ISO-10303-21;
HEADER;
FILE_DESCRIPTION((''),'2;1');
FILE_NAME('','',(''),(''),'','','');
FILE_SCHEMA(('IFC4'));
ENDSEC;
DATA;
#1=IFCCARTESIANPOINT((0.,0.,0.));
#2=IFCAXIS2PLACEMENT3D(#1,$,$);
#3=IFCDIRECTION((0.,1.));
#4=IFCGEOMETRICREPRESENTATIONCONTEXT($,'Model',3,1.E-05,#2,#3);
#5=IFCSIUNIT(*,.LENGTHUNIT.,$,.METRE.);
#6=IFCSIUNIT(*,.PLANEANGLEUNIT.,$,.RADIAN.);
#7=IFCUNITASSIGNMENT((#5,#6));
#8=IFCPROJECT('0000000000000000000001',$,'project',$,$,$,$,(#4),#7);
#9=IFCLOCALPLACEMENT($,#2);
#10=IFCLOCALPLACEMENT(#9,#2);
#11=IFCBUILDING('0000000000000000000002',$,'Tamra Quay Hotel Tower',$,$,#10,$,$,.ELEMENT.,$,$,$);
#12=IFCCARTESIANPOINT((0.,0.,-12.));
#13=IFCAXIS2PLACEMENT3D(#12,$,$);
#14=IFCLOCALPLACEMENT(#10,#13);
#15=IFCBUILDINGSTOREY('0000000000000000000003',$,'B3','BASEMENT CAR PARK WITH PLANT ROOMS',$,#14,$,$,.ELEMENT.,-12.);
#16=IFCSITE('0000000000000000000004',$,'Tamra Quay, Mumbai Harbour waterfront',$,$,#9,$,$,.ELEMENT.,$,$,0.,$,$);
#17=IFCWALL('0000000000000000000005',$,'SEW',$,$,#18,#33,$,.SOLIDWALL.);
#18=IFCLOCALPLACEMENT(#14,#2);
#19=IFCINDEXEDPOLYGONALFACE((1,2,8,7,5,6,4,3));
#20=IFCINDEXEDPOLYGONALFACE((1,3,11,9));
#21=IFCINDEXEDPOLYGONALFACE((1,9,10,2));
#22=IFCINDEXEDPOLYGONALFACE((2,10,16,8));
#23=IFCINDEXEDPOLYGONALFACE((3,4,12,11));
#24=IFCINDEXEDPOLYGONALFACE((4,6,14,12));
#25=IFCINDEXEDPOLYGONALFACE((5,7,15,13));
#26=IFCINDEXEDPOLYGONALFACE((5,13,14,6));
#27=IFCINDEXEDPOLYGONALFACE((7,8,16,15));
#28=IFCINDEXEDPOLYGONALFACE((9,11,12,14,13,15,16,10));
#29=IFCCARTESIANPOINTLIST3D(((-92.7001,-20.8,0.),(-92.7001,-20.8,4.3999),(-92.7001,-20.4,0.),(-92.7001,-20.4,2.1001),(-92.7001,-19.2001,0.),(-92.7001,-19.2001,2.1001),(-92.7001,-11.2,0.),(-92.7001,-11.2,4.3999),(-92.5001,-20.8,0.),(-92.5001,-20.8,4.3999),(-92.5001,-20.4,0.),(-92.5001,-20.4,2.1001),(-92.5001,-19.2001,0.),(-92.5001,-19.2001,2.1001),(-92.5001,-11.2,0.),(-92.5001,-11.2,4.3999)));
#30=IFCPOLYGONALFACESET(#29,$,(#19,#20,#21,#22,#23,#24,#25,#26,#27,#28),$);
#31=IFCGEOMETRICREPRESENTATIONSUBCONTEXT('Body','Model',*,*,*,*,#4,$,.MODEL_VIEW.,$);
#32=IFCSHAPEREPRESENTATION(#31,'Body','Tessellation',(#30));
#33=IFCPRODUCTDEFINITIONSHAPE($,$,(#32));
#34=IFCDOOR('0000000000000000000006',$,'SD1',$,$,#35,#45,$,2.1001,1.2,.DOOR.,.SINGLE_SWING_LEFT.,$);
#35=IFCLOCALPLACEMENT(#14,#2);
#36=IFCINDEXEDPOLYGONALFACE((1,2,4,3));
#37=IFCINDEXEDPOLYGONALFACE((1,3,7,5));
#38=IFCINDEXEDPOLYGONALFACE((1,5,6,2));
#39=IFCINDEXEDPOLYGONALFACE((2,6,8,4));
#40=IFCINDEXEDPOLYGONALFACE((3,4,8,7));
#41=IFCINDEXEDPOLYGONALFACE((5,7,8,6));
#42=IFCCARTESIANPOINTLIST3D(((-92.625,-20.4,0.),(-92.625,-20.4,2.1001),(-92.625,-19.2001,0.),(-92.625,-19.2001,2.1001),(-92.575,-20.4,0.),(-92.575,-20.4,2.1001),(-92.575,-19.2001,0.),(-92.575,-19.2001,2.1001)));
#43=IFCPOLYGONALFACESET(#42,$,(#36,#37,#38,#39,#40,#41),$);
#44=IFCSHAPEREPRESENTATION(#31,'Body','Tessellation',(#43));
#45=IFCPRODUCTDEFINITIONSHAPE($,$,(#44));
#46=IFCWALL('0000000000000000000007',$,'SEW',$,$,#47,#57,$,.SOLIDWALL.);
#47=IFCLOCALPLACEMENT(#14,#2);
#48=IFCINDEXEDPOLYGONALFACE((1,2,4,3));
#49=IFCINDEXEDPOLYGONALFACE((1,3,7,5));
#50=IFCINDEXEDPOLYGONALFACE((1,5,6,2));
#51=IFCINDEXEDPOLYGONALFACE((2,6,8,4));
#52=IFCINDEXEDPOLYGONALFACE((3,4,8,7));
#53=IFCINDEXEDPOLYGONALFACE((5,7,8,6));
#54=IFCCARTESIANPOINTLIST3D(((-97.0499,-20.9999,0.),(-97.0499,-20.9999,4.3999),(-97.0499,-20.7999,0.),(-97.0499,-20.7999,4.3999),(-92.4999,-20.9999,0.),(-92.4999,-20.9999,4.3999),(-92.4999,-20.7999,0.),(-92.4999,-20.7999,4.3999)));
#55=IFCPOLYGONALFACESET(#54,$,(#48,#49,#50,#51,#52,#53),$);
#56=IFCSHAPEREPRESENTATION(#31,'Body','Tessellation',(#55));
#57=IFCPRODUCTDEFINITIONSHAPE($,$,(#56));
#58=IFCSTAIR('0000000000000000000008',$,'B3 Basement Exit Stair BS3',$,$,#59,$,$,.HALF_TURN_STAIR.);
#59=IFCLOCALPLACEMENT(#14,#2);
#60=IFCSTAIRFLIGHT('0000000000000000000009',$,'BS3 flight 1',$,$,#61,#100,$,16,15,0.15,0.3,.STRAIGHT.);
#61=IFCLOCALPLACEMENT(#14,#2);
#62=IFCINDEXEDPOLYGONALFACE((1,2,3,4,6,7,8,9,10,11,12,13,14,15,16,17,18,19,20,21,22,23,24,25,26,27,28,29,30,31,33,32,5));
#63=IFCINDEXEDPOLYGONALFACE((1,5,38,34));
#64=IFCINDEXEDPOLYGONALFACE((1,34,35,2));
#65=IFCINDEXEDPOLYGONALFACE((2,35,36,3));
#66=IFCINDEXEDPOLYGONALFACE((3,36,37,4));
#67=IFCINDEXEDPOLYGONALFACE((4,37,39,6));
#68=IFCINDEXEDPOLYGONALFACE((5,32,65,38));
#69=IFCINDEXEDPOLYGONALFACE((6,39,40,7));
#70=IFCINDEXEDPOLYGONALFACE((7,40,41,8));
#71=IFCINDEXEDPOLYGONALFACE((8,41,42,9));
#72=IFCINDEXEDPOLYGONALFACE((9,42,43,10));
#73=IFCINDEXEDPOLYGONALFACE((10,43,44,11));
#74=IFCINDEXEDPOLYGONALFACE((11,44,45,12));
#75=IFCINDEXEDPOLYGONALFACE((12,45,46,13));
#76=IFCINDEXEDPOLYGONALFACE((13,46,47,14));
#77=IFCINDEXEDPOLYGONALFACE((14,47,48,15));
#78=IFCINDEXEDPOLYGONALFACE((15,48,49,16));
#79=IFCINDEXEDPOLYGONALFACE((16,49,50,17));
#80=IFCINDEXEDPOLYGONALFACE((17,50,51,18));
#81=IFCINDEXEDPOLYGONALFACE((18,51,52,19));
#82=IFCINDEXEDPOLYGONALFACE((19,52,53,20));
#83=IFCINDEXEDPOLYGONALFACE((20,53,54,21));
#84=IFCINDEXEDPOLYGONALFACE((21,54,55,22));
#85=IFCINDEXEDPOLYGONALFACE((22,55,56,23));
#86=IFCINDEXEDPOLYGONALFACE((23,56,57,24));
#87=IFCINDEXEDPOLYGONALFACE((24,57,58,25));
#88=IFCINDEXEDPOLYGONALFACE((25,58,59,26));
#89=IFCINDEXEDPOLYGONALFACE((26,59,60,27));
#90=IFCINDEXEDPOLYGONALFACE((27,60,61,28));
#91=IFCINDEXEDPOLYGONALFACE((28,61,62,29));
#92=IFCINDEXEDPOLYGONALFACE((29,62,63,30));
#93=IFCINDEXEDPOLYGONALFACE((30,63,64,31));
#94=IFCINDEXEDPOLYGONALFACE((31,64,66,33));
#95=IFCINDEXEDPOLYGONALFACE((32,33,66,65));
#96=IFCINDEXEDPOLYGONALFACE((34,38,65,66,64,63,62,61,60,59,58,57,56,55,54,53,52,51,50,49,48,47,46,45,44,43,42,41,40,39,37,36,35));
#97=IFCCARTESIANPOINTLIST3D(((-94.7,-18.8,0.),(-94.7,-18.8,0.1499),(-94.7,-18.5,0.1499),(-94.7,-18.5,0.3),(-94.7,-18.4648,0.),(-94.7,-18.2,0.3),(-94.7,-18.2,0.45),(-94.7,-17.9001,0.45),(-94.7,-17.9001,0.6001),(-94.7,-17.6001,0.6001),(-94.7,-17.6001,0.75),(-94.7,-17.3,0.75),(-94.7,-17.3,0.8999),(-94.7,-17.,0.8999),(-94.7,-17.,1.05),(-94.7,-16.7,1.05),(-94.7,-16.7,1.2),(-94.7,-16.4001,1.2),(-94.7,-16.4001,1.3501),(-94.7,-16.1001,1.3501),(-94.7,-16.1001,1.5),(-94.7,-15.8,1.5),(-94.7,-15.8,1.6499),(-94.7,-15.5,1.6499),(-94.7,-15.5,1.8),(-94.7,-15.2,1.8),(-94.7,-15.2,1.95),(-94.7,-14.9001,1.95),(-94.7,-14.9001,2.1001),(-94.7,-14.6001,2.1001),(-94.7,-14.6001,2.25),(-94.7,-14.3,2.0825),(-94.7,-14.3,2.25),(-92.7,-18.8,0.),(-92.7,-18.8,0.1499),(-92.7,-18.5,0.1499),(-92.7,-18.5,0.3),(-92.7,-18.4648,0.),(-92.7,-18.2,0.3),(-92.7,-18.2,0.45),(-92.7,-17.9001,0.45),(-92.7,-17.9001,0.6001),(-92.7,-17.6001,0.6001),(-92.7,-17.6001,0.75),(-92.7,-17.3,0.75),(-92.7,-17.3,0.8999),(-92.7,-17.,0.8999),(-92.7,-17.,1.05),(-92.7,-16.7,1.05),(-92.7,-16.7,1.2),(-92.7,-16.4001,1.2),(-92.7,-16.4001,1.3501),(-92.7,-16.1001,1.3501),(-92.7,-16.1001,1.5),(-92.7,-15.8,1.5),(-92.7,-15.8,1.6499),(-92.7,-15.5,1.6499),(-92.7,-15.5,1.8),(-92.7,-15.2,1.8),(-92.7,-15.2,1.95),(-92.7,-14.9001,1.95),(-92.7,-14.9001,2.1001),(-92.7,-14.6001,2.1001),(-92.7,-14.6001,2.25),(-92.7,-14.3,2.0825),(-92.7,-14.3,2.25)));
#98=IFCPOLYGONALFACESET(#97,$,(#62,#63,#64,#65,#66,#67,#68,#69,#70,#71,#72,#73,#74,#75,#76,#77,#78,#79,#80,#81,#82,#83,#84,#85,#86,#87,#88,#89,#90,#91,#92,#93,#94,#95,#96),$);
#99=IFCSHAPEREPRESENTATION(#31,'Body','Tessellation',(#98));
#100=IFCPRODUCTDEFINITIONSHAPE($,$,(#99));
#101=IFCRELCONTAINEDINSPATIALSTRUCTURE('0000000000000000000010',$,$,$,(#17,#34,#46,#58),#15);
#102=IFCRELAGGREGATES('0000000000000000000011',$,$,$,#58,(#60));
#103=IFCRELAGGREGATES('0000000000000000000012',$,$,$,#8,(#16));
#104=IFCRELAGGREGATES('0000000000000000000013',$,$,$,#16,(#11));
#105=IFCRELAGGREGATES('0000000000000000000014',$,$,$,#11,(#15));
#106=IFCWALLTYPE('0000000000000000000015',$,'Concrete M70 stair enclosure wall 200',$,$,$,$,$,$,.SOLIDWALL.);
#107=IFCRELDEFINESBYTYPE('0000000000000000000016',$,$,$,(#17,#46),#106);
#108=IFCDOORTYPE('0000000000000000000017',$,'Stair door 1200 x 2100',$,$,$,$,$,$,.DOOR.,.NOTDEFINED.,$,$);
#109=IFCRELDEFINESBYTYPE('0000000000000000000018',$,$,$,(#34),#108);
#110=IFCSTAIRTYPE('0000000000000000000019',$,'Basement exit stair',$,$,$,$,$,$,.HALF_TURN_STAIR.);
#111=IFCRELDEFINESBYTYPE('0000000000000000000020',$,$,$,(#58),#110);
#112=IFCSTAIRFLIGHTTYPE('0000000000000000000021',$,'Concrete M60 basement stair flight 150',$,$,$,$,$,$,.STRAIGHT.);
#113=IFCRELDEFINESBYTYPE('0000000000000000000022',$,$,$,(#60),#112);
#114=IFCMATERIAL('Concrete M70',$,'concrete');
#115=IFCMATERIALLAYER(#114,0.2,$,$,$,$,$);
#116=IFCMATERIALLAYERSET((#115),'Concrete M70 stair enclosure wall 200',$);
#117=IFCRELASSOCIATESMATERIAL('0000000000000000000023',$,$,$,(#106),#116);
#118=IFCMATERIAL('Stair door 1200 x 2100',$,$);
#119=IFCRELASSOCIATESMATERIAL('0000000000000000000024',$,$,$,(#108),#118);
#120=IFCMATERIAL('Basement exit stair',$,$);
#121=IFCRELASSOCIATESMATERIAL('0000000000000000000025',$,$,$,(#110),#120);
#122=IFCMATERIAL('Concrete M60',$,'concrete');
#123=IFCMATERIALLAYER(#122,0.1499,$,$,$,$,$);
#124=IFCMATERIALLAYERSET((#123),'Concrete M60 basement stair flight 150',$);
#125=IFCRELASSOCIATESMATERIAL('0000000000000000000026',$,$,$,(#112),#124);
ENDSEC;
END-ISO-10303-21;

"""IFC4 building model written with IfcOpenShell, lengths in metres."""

from ifc_helpers import new_model, si_unit, direction, frame, frame_2d, origin, place, context, subcontext, project, spatial, polyline, rectangle, outline, extrude, material, layer, layer_set, type_object, element, fill, aggregate, save


model = new_model("IFC4")

# Units and contexts
model_context = context("Model", 3, precision=1e-05, world=origin(), true_north=direction((0.0, 1.0)))
body_context = subcontext(model_context, "Body", "Model", "MODEL_VIEW")
ifc_project = project(units=[si_unit("LENGTHUNIT", "METRE"), si_unit("PLANEANGLEUNIT", "RADIAN")], contexts=[model_context])

# Site, building, storey
site_placement = place(None, origin())
site = spatial("IfcSite", under=ifc_project, at=site_placement, Name="Tamra Quay, Mumbai Harbour waterfront", CompositionType="ELEMENT", RefElevation=0.0)
building_placement = place(site_placement, origin())
building = spatial("IfcBuilding", under=site, at=building_placement, Name="Tamra Quay Hotel Tower", CompositionType="ELEMENT")
storey_placement = place(building_placement, frame((0.0, 0.0, -12.0)))
storey = spatial("IfcBuildingStorey", under=building, at=storey_placement, Name="B3", Description="BASEMENT CAR PARK WITH PLANT ROOMS", CompositionType="ELEMENT", Elevation=-12.0)

# Shared definitions
ifc_material_1 = material(Name="Concrete M70", Category="concrete")

# Shared definitions
ifc_layer_1 = layer(ifc_material_1, 0.2)
ifc_layer_set_1 = layer_set([ifc_layer_1], Name="Concrete M70 stair enclosure wall 200")
wall_type_1 = type_object("IfcWallType", Name="Concrete M70 stair enclosure wall 200", PredefinedType="SOLIDWALL", material=ifc_layer_set_1)

# Wall, opening, door
wall_1_placement = place(storey_placement, frame((-92.6001, -20.8, 0.0), z_axis=(0.0, 0.0, 1.0), x_axis=(0.0, 1.0, 0.0)))
wall_1 = element("IfcWall", 1, at=wall_1_placement, inside=storey, type_object=wall_type_1, Name="SEW", PredefinedType="SOLIDWALL", context=body_context, shape_type="SweptSolid", body=[
    extrude(rectangle(XDim=9.6001, YDim=0.2, at=frame_2d((4.8, 0.0))), origin(), (0.0, 0.0, 1.0), 4.3999),
])
opening_1_placement = place(wall_1_placement, frame((0.3999, 0.0, 0.0)))
opening_1 = element("IfcOpeningElement", 2, at=opening_1_placement, cuts=wall_1, PredefinedType="OPENING", context=body_context, shape_type="SweptSolid", body=[
    extrude(rectangle(XDim=1.2, YDim=2.1001, at=frame_2d((0.6001, 1.05))), frame((0.0, 0.1099, 0.0), z_axis=(0.0, -1.0, 0.0), x_axis=(1.0, 0.0, 0.0)), (0.0, 0.0, 1.0), 0.22),
])
ifc_material_2 = material(Name="Stair door 1200 x 2100")
door_type_1 = type_object("IfcDoorType", Name="Stair door 1200 x 2100", OperationType="NOTDEFINED", PredefinedType="DOOR", material=ifc_material_2)
door_1_placement = place(opening_1_placement, origin())
door_1 = element("IfcDoor", 3, at=door_1_placement, inside=storey, type_object=door_type_1, Name="SD1", OperationType="SINGLE_SWING_LEFT", OverallHeight=2.1001, OverallWidth=1.2, PredefinedType="DOOR", context=body_context, shape_type="SweptSolid", body=[
    extrude(rectangle(XDim=1.2, YDim=2.1001, at=frame_2d((0.6001, 1.05))), frame((0.0, 0.0249, 0.0), z_axis=(0.0, -1.0, 0.0), x_axis=(1.0, 0.0, 0.0)), (0.0, 0.0, 1.0), 0.05),
])
fill(opening_1, door_1)

# Wall
wall_2_placement = place(storey_placement, frame((-92.5, -20.8999, 0.0), z_axis=(0.0, 0.0, 1.0), x_axis=(-1.0, 0.0, 0.0)))
element("IfcWall", 4, at=wall_2_placement, inside=storey, type_object=wall_type_1, Name="SEW", PredefinedType="SOLIDWALL", context=body_context, shape_type="SweptSolid", body=[
    extrude(rectangle(XDim=4.55, YDim=0.2, at=frame_2d((2.2749, 0.0))), origin(), (0.0, 0.0, 1.0), 4.3999),
])

# Stair, stair flight
ifc_material_3 = material(Name="Basement exit stair")
stair_type = type_object("IfcStairType", Name="Basement exit stair", PredefinedType="HALF_TURN_STAIR", material=ifc_material_3)
stair_placement = place(storey_placement, origin())
stair = element("IfcStair", 5, at=stair_placement, inside=storey, type_object=stair_type, Name="B3 Basement Exit Stair BS3", PredefinedType="HALF_TURN_STAIR")
ifc_material_4 = material(Name="Concrete M60", Category="concrete")
ifc_layer_2 = layer(ifc_material_4, 0.1499)
ifc_layer_set_2 = layer_set([ifc_layer_2], Name="Concrete M60 basement stair flight 150")
stair_flight_type = type_object("IfcStairFlightType", Name="Concrete M60 basement stair flight 150", PredefinedType="STRAIGHT", material=ifc_layer_set_2)
stair_flight_placement = place(storey_placement, frame((-93.7, -18.8, 0.0), z_axis=(0.0, 0.0, 1.0), x_axis=(0.0, 1.0, 0.0)))
stair_flight = element("IfcStairFlight", 6, at=stair_flight_placement, type_object=stair_flight_type, Name="BS3 flight 1", NumberOfRisers=16, NumberOfTreads=15, PredefinedType="STRAIGHT", RiserHeight=0.15, TreadLength=0.3, context=body_context, shape_type="SweptSolid", body=[
    extrude(outline(polyline([(0.0, 0.0), (0.0, 0.1499), (0.3, 0.1499), (0.3, 0.3), (0.6001, 0.3), (0.6001, 0.45), (0.8999, 0.45), (0.8999, 0.6001), (1.2, 0.6001), (1.2, 0.75), (1.5, 0.75), (1.5, 0.8999), (1.8, 0.8999), (1.8, 1.05), (2.1001, 1.05), (2.1001, 1.2), (2.3999, 1.2), (2.3999, 1.3501), (2.7, 1.3501), (2.7, 1.5), (3.0, 1.5), (3.0, 1.6499), (3.3, 1.6499), (3.3, 1.8), (3.6001, 1.8), (3.6001, 1.95), (3.8999, 1.95), (3.8999, 2.1001), (4.2, 2.1001), (4.2, 2.25), (4.5, 2.25), (4.5, 2.3999), (4.5, 2.0825), (0.3352, 0.0), (0.0, 0.0)])), frame((0.0, 1.0, 0.0), z_axis=(0.0, -1.0, 0.0), x_axis=(1.0, 0.0, 0.0)), (0.0, 0.0, 1.0), 2.0),
])
aggregate(stair, [stair_flight])

save(model, "model.ifc")
